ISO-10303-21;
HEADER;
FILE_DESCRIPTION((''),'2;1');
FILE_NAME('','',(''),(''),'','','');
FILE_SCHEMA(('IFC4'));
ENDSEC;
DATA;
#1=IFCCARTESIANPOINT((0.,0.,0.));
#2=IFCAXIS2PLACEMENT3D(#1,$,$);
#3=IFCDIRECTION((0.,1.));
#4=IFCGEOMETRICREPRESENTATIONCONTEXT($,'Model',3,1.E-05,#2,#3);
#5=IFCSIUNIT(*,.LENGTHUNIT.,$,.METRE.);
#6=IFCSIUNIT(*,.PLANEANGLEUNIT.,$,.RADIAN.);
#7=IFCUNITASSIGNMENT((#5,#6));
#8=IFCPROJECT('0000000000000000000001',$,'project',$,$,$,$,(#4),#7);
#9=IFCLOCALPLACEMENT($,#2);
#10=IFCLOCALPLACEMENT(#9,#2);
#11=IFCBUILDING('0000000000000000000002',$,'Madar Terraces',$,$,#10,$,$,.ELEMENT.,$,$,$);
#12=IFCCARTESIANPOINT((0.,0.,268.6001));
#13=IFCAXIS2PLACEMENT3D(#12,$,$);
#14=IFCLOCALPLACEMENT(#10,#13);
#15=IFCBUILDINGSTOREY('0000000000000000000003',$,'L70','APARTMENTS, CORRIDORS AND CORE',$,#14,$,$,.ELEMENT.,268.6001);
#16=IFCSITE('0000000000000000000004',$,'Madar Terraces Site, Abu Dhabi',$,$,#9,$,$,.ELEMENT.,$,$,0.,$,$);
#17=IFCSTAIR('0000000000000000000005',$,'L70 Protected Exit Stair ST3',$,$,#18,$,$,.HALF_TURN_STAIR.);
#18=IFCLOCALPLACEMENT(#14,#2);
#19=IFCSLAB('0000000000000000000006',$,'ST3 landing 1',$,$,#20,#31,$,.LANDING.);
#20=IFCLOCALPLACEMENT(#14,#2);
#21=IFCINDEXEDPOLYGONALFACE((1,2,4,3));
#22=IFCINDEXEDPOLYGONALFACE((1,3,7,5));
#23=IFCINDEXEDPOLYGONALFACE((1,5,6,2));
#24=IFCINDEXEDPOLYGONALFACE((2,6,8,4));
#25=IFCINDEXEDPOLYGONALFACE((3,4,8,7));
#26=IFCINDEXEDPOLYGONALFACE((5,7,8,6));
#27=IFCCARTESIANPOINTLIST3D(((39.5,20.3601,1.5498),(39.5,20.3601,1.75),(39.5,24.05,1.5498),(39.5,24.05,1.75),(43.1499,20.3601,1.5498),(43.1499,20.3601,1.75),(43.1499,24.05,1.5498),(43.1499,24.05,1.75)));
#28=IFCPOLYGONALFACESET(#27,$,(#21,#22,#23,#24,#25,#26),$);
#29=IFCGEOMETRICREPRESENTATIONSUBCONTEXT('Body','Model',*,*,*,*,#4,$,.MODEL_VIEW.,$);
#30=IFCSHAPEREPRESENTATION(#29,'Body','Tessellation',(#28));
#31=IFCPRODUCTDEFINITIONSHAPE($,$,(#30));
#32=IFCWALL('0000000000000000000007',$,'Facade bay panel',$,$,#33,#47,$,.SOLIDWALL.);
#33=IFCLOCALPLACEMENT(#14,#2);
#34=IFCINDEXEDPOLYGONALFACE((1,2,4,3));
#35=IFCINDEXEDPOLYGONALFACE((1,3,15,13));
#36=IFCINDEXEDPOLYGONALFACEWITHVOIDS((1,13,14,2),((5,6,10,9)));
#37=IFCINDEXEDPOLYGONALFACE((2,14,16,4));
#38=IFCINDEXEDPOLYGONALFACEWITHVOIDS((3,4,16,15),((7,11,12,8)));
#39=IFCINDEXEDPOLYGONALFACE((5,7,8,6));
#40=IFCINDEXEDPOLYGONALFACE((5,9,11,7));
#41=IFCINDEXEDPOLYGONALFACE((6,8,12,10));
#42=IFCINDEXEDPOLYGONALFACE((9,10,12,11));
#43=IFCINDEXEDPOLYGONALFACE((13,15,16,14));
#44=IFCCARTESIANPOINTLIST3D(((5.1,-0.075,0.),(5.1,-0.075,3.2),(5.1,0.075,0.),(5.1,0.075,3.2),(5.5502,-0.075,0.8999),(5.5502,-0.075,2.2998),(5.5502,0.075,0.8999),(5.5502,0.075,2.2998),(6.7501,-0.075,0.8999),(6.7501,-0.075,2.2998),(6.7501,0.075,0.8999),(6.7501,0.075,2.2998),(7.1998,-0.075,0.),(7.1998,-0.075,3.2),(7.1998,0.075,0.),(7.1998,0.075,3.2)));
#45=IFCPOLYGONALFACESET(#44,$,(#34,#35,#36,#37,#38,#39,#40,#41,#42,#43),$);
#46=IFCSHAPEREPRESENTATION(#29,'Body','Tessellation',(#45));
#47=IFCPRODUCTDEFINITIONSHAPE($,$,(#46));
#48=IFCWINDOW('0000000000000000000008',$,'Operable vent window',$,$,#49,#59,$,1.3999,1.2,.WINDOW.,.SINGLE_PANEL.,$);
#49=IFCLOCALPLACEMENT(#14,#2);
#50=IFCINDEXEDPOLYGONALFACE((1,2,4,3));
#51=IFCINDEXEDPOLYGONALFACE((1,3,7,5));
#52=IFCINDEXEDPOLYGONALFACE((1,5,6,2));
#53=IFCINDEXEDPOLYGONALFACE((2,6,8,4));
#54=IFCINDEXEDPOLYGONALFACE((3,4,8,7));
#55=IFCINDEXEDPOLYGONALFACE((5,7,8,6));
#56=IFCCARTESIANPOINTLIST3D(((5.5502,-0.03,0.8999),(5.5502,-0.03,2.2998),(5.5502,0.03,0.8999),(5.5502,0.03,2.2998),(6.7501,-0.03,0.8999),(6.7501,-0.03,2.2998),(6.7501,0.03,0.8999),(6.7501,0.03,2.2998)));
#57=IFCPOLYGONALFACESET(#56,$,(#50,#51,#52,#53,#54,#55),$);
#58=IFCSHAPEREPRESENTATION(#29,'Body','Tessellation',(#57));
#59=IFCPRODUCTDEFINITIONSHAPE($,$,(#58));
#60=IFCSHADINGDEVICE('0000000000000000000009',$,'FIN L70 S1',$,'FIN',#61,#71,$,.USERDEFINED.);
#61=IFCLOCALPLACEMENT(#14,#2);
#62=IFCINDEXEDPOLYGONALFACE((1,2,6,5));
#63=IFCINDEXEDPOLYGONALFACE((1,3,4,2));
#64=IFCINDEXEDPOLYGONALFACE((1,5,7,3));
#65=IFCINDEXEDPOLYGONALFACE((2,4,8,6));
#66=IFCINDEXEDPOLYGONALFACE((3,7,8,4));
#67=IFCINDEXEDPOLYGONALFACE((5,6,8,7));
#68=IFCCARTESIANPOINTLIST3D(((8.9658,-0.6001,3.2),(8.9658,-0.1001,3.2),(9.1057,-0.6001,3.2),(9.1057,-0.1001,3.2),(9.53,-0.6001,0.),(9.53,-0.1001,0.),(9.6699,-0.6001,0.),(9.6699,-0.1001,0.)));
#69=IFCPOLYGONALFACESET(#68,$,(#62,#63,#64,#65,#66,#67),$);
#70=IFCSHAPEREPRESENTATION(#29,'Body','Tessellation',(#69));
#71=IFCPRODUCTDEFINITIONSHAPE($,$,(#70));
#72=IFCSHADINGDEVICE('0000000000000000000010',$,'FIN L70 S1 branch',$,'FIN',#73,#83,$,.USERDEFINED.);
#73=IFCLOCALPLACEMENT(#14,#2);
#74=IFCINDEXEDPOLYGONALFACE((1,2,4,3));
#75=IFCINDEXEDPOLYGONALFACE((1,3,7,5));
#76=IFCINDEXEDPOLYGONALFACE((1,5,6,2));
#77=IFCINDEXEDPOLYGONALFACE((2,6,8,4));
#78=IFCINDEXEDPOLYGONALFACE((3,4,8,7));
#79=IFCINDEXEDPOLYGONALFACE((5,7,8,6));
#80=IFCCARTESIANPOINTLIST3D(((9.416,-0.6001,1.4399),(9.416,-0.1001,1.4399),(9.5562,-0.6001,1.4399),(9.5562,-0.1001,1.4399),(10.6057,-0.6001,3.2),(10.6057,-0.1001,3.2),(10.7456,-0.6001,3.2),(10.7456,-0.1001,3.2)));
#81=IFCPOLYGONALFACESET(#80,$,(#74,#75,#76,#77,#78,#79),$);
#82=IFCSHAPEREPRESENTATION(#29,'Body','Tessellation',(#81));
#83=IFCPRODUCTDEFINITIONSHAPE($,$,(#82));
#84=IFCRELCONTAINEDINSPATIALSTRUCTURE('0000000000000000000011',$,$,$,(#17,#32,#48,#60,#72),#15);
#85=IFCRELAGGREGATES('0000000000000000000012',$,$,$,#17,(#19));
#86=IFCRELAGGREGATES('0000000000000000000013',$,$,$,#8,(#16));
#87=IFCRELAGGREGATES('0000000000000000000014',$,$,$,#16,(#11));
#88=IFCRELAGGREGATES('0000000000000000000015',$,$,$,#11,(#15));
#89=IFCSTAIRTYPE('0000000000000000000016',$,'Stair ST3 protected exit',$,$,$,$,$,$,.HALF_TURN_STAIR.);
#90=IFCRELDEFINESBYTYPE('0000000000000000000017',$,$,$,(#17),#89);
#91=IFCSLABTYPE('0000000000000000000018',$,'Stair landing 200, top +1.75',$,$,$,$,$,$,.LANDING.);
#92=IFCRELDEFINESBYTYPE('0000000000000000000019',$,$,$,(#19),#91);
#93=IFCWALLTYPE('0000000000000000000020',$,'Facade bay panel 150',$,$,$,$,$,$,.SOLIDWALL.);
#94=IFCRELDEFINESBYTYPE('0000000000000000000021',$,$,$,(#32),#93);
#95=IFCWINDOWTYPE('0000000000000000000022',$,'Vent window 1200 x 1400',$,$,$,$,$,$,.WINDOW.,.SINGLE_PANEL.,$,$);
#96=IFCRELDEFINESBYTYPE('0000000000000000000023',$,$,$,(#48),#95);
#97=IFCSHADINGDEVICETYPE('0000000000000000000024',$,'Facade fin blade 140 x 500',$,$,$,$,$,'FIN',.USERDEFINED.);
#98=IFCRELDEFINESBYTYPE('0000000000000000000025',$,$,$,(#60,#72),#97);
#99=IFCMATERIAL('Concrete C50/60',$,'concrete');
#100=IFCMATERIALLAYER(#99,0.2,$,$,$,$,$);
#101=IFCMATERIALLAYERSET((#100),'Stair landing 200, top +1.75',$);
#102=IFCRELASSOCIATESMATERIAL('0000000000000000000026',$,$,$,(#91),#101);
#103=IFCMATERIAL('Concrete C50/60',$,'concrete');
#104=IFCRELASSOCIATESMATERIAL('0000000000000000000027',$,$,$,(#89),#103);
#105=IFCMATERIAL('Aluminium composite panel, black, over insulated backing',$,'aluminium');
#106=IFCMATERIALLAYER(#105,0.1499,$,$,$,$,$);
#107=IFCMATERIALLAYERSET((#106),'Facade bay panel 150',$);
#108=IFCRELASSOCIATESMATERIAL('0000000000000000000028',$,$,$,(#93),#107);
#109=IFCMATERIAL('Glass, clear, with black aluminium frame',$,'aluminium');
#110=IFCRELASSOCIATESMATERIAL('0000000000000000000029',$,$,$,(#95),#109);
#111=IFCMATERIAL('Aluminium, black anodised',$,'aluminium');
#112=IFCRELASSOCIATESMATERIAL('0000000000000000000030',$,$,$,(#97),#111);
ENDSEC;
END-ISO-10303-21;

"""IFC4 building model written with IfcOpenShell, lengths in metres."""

from ifc_helpers import new_model, si_unit, direction, frame, frame_2d, origin, place, context, subcontext, project, spatial, polyline, rectangle, outline, extrude, material, layer, layer_set, type_object, element, fill, aggregate, save


model = new_model("IFC4")

# Units and contexts
model_context = context("Model", 3, precision=1e-05, world=origin(), true_north=direction((0.0, 1.0)))
body_context = subcontext(model_context, "Body", "Model", "MODEL_VIEW")
ifc_project = project(units=[si_unit("LENGTHUNIT", "METRE"), si_unit("PLANEANGLEUNIT", "RADIAN")], contexts=[model_context])

# Site, building, storey
site_placement = place(None, origin())
site = spatial("IfcSite", under=ifc_project, at=site_placement, Name="Madar Terraces Site, Abu Dhabi", CompositionType="ELEMENT", RefElevation=0.0)
building_placement = place(site_placement, origin())
building = spatial("IfcBuilding", under=site, at=building_placement, Name="Madar Terraces", CompositionType="ELEMENT")
storey_placement = place(building_placement, frame((0.0, 0.0, 268.6001)))
storey = spatial("IfcBuildingStorey", under=building, at=storey_placement, Name="L70", Description="APARTMENTS, CORRIDORS AND CORE", CompositionType="ELEMENT", Elevation=268.6001)

# Stair, slab
ifc_material_1 = material(Name="Concrete C50/60", Category="concrete")
ifc_layer_1 = layer(ifc_material_1, 0.2)
ifc_layer_set_1 = layer_set([ifc_layer_1], Name="Stair landing 200, top +1.75")
slab_type_1 = type_object("IfcSlabType", Name="Stair landing 200, top +1.75", PredefinedType="LANDING", material=ifc_layer_set_1)
ifc_material_2 = material(Name="Concrete C50/60", Category="concrete")
stair_type_1 = type_object("IfcStairType", Name="Stair ST3 protected exit", PredefinedType="HALF_TURN_STAIR", material=ifc_material_2)
stair_1_placement = place(storey_placement, origin())
stair_1 = element("IfcStair", 1, at=stair_1_placement, inside=storey, type_object=stair_type_1, Name="L70 Protected Exit Stair ST3", PredefinedType="HALF_TURN_STAIR")
slab_1_placement = place(storey_placement, frame((0.0, 0.0, 1.5498)))
slab_1 = element("IfcSlab", 2, at=slab_1_placement, type_object=slab_type_1, Name="ST3 landing 1", PredefinedType="LANDING", context=body_context, shape_type="SweptSolid", body=[
    extrude(outline(polyline([(39.5, 20.3601), (43.1499, 20.3601), (43.1499, 24.05), (39.5, 24.05), (39.5, 20.3601)])), origin(), (0.0, 0.0, 1.0), 0.2002),
])
aggregate(stair_1, [slab_1])

# Wall, opening, window
ifc_material_3 = material(Name="Aluminium composite panel, black, over insulated backing", Category="aluminium")
ifc_layer_2 = layer(ifc_material_3, 0.1499)
ifc_layer_set_2 = layer_set([ifc_layer_2], Name="Facade bay panel 150")
wall_type = type_object("IfcWallType", Name="Facade bay panel 150", PredefinedType="SOLIDWALL", material=ifc_layer_set_2)
wall_placement = place(storey_placement, frame((5.1001, 0.0, 0.0), z_axis=(0.0, 0.0, 1.0), x_axis=(1.0, 0.0, 0.0)))
wall = element("IfcWall", 3, at=wall_placement, inside=storey, type_object=wall_type, Name="Facade bay panel", PredefinedType="SOLIDWALL", context=body_context, shape_type="SweptSolid", body=[
    extrude(rectangle(XDim=2.0999, YDim=0.1499, at=frame_2d((1.0498, 0.0))), origin(), (0.0, 0.0, 1.0), 3.2),
])
opening_placement = place(wall_placement, frame((0.45, 0.0, 0.8999)))
opening = element("IfcOpeningElement", 4, at=opening_placement, cuts=wall, PredefinedType="OPENING", context=body_context, shape_type="SweptSolid", body=[
    extrude(rectangle(XDim=1.2, YDim=1.3999, at=frame_2d((0.6001, 0.7))), frame((0.0, 0.085, 0.0), z_axis=(0.0, -1.0, 0.0), x_axis=(1.0, 0.0, 0.0)), (0.0, 0.0, 1.0), 0.1699),
])
ifc_material_4 = material(Name="Glass, clear, with black aluminium frame", Category="aluminium")
window_type = type_object("IfcWindowType", Name="Vent window 1200 x 1400", PartitioningType="SINGLE_PANEL", PredefinedType="WINDOW", material=ifc_material_4)
window_placement = place(opening_placement, origin())
window = element("IfcWindow", 5, at=window_placement, inside=storey, type_object=window_type, Name="Operable vent window", OverallHeight=1.3999, OverallWidth=1.2, PartitioningType="SINGLE_PANEL", PredefinedType="WINDOW", context=body_context, shape_type="SweptSolid", body=[
    extrude(rectangle(XDim=1.2, YDim=1.3999, at=frame_2d((0.6001, 0.7))), frame((0.0, 0.03, 0.0), z_axis=(0.0, -1.0, 0.0), x_axis=(1.0, 0.0, 0.0)), (0.0, 0.0, 1.0), 0.0601),
])
fill(opening, window)

# Shading devices
ifc_material_5 = material(Name="Aluminium, black anodised", Category="aluminium")
shading_device_type = type_object("IfcShadingDeviceType", Name="Facade fin blade 140 x 500", ElementType="FIN", PredefinedType="USERDEFINED", material=ifc_material_5)
shading_device_1_placement = place(storey_placement, frame((9.53, -0.3501, 0.0), z_axis=(0.0, 0.0, 1.0), x_axis=(1.0, 0.0, 0.0)))
element("IfcShadingDevice", 6, at=shading_device_1_placement, inside=storey, type_object=shading_device_type, Name="FIN L70 S1", ObjectType="FIN", PredefinedType="USERDEFINED", context=body_context, shape_type="SweptSolid", body=[
    extrude(outline(polyline([(0.0, 0.0), (0.1399, 0.0), (-0.4243, 3.2), (-0.5642, 3.2), (0.0, 0.0)])), frame((0.0, 0.25, 0.0), z_axis=(0.0, -1.0, 0.0), x_axis=(1.0, 0.0, 0.0)), (0.0, 0.0, 1.0), 0.5),
])
shading_device_2_placement = place(storey_placement, frame((9.416, -0.3501, 1.4399), z_axis=(0.0, 0.0, 1.0), x_axis=(1.0, 0.0, 0.0)))
element("IfcShadingDevice", 7, at=shading_device_2_placement, inside=storey, type_object=shading_device_type, Name="FIN L70 S1 branch", ObjectType="FIN", PredefinedType="USERDEFINED", context=body_context, shape_type="SweptSolid", body=[
    extrude(outline(polyline([(0.0, 0.0), (0.1401, 0.0), (1.3296, 1.76), (1.1897, 1.76), (0.0, 0.0)])), frame((0.0, 0.25, 0.0), z_axis=(0.0, -1.0, 0.0), x_axis=(1.0, 0.0, 0.0)), (0.0, 0.0, 1.0), 0.5),
])

save(model, "model.ifc")
